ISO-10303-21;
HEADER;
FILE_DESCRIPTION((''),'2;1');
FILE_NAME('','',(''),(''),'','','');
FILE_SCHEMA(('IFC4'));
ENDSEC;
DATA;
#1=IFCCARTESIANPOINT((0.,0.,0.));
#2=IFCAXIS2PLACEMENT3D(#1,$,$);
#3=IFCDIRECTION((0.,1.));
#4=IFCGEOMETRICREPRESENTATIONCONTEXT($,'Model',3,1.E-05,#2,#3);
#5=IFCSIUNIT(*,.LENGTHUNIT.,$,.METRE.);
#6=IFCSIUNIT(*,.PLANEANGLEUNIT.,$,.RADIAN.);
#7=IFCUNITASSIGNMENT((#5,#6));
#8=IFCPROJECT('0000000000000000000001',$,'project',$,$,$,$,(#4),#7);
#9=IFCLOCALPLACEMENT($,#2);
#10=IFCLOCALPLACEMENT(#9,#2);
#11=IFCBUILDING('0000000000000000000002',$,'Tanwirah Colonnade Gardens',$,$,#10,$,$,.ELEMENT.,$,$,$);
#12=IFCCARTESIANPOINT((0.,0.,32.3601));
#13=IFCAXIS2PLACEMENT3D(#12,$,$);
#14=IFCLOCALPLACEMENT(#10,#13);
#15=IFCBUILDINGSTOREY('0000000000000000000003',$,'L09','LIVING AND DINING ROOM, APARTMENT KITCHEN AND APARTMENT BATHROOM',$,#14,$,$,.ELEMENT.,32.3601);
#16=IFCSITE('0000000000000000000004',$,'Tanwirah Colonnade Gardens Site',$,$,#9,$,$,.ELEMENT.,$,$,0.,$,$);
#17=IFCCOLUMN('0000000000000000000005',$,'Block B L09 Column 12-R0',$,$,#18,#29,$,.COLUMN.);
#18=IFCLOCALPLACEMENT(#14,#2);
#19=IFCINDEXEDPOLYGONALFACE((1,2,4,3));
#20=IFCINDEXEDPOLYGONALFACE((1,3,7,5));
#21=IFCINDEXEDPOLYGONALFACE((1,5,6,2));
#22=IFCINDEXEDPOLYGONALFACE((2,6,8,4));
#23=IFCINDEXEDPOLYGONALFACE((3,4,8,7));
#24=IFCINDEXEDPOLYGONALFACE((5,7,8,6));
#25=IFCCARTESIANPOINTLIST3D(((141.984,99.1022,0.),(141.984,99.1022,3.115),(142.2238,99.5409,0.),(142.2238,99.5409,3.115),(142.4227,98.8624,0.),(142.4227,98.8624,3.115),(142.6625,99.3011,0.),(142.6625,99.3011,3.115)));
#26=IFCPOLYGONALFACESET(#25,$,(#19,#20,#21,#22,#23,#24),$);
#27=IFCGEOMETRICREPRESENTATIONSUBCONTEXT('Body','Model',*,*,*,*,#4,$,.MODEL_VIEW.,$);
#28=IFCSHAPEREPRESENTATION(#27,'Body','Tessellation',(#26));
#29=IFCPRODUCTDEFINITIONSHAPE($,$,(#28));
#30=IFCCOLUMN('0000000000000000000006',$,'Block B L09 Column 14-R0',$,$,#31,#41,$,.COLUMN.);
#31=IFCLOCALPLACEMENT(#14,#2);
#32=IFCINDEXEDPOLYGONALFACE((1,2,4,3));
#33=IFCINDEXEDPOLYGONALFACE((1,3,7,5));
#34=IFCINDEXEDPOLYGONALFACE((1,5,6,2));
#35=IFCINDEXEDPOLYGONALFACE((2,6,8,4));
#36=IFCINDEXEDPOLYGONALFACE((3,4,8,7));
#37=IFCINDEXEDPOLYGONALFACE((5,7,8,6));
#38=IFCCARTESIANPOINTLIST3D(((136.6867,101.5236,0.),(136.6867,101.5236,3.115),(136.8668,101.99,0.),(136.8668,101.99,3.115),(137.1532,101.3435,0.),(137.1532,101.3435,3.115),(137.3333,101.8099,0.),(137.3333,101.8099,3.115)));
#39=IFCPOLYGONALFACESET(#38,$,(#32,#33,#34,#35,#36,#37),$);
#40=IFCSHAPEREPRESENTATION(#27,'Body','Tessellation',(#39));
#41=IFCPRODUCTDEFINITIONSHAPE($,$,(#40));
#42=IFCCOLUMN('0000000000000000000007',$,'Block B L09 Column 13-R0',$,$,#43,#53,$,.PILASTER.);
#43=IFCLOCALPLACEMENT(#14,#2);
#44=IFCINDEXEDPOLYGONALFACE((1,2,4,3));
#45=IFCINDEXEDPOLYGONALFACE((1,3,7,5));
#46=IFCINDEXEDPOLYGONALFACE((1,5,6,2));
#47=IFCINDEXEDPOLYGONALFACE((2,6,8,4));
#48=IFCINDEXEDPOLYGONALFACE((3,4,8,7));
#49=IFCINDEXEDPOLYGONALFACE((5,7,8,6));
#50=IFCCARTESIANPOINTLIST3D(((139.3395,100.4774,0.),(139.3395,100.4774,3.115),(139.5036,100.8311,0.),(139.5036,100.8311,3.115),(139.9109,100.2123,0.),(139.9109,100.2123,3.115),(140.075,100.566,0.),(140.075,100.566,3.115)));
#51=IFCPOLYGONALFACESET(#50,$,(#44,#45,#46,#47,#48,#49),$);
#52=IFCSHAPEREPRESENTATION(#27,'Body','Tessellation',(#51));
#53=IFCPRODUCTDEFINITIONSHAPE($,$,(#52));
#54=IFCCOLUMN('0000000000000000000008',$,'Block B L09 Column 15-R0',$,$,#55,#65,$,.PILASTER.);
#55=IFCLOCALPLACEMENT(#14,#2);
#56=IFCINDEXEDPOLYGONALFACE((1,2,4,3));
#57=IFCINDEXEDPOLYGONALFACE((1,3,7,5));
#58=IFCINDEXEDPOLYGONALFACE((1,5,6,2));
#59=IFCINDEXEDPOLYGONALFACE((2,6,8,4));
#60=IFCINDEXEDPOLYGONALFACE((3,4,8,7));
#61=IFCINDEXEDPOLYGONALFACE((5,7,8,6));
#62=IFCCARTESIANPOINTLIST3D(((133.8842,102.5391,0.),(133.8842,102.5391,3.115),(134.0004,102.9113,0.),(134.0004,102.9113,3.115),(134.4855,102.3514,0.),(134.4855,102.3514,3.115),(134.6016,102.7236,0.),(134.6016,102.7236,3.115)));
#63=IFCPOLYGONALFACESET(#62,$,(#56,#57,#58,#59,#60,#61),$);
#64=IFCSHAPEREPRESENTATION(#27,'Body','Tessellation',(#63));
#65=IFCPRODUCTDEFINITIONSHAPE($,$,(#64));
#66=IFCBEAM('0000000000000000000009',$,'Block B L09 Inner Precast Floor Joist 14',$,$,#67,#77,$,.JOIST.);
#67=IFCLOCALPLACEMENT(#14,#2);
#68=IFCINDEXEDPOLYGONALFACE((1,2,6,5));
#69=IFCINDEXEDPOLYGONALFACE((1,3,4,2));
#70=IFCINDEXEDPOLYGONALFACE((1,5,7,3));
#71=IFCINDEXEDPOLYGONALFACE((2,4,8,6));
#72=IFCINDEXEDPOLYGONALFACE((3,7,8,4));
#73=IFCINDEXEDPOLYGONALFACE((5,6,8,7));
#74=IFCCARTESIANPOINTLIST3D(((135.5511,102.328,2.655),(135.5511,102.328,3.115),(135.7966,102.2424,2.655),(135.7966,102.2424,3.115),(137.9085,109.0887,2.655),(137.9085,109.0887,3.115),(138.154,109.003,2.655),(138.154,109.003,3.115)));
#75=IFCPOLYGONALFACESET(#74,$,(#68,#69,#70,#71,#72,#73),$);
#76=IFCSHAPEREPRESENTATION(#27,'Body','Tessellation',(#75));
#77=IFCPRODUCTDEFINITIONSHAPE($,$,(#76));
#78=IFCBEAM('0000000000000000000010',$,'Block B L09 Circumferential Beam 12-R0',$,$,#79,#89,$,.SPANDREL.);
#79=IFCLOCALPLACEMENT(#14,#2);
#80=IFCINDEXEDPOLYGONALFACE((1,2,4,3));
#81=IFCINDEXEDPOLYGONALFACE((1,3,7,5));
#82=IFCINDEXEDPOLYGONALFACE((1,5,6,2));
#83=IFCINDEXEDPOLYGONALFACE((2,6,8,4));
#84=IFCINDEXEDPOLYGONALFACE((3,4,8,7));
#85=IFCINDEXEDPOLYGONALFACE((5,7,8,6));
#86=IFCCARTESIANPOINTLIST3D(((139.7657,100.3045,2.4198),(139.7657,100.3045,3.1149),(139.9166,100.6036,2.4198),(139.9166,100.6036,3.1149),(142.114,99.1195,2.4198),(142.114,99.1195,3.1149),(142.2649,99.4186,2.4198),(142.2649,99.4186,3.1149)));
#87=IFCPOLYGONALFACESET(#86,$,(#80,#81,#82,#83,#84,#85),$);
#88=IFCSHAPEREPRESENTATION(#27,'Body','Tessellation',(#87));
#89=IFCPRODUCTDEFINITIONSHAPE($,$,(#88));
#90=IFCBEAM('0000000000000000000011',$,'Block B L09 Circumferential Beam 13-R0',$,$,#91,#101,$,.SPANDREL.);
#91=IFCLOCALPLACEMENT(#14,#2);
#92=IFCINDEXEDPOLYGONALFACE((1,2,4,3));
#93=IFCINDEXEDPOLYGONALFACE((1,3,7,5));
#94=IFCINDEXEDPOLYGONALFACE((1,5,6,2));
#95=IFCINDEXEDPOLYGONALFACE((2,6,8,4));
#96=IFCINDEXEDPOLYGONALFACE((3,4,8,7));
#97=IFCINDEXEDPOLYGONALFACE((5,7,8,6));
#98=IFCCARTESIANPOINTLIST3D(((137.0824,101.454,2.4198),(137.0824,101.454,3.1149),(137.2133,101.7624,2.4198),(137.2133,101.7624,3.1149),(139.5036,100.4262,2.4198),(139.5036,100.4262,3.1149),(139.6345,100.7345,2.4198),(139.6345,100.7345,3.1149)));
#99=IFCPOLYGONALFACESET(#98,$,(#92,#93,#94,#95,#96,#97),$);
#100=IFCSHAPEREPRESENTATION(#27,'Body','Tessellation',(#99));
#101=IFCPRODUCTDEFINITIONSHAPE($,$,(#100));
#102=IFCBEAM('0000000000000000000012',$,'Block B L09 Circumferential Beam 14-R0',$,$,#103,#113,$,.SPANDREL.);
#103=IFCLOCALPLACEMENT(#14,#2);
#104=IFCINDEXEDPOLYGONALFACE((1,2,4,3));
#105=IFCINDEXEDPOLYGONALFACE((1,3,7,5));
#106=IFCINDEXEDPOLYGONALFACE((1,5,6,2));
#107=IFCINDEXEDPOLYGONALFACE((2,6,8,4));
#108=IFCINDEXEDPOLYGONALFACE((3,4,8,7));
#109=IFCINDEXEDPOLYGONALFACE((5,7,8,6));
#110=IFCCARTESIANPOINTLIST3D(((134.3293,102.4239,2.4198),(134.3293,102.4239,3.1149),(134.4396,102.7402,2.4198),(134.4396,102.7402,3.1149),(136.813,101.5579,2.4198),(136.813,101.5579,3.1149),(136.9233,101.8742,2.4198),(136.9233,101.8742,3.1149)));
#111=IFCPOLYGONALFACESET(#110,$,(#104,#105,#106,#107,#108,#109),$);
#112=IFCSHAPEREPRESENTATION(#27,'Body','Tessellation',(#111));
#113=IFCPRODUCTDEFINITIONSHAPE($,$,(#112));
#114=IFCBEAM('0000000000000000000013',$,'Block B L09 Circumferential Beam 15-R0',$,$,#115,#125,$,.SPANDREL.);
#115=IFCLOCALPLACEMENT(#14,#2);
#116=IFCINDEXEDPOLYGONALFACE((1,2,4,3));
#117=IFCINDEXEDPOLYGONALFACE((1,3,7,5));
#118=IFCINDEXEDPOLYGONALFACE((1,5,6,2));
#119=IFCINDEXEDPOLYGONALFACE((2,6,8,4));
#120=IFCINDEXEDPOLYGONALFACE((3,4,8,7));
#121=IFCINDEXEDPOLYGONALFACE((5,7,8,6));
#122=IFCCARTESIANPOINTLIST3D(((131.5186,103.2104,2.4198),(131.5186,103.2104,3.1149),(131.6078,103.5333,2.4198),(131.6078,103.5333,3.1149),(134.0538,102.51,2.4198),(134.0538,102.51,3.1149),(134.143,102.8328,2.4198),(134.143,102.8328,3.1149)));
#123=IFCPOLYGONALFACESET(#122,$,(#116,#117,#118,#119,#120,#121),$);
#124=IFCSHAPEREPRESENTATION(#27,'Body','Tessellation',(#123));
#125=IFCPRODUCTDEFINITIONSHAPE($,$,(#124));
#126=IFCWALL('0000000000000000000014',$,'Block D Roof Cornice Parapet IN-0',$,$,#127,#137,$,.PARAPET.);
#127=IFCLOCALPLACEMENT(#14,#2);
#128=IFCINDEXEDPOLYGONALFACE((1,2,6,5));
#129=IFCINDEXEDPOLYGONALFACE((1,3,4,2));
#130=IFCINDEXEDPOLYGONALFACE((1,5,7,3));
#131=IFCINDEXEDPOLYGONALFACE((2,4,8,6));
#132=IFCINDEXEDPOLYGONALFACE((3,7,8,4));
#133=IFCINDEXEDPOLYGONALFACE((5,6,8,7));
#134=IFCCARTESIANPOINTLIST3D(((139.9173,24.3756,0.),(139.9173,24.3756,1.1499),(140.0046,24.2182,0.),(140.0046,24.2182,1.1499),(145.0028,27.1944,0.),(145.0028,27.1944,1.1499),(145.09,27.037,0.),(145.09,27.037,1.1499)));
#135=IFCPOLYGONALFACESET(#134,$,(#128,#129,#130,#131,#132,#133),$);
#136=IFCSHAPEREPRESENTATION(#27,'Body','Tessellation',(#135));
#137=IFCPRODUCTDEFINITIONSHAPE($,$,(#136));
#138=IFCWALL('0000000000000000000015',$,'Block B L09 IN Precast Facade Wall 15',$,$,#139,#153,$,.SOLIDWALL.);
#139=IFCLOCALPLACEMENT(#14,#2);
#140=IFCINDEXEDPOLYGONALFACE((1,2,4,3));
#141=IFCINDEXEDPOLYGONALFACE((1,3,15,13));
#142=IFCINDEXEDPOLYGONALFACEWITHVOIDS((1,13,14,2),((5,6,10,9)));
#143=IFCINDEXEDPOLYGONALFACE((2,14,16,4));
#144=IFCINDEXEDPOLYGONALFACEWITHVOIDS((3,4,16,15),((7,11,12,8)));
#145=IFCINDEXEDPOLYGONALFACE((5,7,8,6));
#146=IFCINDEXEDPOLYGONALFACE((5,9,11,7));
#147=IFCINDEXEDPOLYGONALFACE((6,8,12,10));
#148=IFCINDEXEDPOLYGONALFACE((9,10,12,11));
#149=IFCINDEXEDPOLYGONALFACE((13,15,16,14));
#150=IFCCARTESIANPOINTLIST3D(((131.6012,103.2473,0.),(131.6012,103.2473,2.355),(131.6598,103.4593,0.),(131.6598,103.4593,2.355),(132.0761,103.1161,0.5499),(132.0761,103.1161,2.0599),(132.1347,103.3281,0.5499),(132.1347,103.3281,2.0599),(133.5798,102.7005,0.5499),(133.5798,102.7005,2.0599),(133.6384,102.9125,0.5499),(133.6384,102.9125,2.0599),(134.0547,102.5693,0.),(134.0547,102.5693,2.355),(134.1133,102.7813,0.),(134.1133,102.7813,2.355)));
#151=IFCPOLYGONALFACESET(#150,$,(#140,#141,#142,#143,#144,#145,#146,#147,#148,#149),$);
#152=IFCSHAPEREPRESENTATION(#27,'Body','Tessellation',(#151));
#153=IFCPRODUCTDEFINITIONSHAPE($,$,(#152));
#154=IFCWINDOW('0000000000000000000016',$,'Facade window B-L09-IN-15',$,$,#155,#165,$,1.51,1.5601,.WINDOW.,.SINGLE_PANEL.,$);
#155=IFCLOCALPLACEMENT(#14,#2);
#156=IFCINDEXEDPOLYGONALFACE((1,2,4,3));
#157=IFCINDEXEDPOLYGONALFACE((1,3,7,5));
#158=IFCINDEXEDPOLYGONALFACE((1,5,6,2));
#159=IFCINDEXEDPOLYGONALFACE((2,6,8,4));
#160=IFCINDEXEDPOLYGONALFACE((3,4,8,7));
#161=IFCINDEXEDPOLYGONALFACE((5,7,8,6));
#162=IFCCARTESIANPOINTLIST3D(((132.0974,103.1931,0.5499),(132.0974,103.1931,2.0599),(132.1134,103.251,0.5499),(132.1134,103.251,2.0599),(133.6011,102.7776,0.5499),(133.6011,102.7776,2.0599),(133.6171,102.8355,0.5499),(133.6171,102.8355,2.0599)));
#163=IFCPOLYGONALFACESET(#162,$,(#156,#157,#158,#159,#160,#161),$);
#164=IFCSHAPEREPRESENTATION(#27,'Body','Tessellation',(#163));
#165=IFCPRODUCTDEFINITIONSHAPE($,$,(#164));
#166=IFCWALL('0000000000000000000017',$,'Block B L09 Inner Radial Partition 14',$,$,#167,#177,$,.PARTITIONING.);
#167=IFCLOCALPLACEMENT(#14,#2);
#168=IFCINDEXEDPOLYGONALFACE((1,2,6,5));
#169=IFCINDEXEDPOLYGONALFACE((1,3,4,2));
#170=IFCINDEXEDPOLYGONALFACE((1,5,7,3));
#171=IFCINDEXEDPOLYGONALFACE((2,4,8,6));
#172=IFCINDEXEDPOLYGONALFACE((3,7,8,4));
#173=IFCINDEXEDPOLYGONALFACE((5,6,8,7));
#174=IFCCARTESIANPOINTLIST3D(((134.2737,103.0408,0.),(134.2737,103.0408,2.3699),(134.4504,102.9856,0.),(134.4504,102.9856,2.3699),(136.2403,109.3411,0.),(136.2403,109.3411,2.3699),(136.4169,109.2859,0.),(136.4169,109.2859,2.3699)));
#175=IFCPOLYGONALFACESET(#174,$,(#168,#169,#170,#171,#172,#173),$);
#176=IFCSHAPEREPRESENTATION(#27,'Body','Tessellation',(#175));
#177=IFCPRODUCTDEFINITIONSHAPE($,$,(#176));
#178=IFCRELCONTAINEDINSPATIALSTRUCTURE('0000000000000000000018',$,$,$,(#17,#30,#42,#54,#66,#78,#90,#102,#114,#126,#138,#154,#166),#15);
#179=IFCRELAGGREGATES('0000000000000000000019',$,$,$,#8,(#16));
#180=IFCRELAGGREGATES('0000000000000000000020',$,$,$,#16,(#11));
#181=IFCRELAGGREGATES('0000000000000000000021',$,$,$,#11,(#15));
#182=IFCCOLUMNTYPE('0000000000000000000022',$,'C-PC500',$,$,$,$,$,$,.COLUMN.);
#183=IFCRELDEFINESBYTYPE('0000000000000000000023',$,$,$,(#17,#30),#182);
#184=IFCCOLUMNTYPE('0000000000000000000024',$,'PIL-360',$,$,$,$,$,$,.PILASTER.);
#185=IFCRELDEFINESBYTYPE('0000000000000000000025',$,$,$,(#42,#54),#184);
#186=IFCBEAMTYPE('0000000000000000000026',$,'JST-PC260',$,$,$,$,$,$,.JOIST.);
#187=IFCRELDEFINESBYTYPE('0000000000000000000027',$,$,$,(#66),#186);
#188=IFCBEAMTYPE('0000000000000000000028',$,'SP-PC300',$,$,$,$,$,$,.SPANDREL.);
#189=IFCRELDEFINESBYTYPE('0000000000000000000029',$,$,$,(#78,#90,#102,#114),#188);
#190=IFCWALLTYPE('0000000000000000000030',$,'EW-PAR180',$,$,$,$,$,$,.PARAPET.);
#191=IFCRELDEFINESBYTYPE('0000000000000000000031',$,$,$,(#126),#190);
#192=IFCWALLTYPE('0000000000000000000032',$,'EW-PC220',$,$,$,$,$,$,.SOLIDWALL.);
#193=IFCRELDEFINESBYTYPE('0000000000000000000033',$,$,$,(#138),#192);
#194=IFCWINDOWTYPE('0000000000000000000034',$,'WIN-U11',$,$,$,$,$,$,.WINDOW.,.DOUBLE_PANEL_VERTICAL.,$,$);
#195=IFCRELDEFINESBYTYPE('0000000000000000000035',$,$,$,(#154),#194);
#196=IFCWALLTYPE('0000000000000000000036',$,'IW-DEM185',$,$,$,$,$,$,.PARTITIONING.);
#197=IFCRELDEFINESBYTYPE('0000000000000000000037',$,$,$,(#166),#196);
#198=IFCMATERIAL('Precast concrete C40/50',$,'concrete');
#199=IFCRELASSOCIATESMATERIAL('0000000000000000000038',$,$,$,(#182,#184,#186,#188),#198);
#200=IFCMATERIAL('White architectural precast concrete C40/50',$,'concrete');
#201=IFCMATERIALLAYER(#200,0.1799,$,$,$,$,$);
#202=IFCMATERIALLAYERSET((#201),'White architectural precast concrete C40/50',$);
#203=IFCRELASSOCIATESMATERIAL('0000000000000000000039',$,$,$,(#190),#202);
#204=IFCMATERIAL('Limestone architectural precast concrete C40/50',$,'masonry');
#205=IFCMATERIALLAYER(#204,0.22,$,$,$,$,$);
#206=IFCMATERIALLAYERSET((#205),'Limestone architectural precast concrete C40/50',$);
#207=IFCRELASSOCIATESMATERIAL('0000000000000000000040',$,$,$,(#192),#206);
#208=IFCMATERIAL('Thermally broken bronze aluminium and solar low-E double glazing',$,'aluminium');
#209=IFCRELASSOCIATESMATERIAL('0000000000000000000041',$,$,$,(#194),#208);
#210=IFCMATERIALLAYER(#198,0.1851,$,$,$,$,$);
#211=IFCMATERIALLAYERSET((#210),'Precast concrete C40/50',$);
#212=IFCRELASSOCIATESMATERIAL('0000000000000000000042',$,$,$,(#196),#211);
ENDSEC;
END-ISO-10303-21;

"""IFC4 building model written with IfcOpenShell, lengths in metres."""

from ifc_helpers import new_model, si_unit, direction, frame, frame_2d, origin, origin_2d, place, context, subcontext, project, spatial, rectangle, extrude, material, layer, layer_set, material_profile, profile_set, type_object, element, fill, save


model = new_model("IFC4")

# Units and contexts
model_context = context("Model", 3, precision=1e-05, world=origin(), true_north=direction((0.0, 1.0)))
body_context = subcontext(model_context, "Body", "Model", "MODEL_VIEW")
ifc_project = project(units=[si_unit("LENGTHUNIT", "METRE"), si_unit("PLANEANGLEUNIT", "RADIAN")], contexts=[model_context])

# Site, building, storey
site_placement = place(None, origin())
site = spatial("IfcSite", under=ifc_project, at=site_placement, Name="Tanwirah Colonnade Gardens Site", CompositionType="ELEMENT", RefElevation=0.0)
building_placement = place(site_placement, origin())
building = spatial("IfcBuilding", under=site, at=building_placement, Name="Tanwirah Colonnade Gardens", CompositionType="ELEMENT")
storey_placement = place(building_placement, frame((0.0, 0.0, 32.3601)))
storey = spatial("IfcBuildingStorey", under=building, at=storey_placement, Name="L09", Description="LIVING AND DINING ROOM, APARTMENT KITCHEN AND APARTMENT BATHROOM", CompositionType="ELEMENT", Elevation=32.3601)

# Columns
ifc_material_1 = material(Name="Precast concrete C40/50", Category="concrete")
ifc_material_profile_1 = material_profile(ifc_material_1, rectangle(XDim=0.5, YDim=0.5, at=origin_2d()), Name="PC-COL 500x500")
ifc_profile_set_1 = profile_set([ifc_material_profile_1], Name="Precast concrete C40/50")
column_type_1 = type_object("IfcColumnType", Name="C-PC500", PredefinedType="COLUMN", material=ifc_profile_set_1)
for number, where, z_axis, x_axis, name in (
    (1, (142.3232, 99.2017, 0.0), (0.0, 0.0, 1.0), (0.479713, 0.877425, 0.0), "Block B L09 Column 12-R0"),
    (2, (137.01, 101.6667, 0.0), (0.0, 0.0, 1.0), (0.360178, 0.932884, 0.0), "Block B L09 Column 14-R0"),
):
    element("IfcColumn", number, at=place(storey_placement, frame(where, z_axis=z_axis, x_axis=x_axis)), inside=storey, type_object=column_type_1, Name=name, PredefinedType="COLUMN", context=body_context, shape_type="SweptSolid", body=[
        extrude(rectangle(XDim=0.5, YDim=0.5, at=origin_2d()), origin(), (0.0, 0.0, 1.0), 3.115),
    ])
ifc_material_profile_2 = material_profile(ifc_material_1, rectangle(XDim=0.3899, YDim=0.6299, at=origin_2d()), Name="PC-PIL 390x630")
ifc_profile_set_2 = profile_set([ifc_material_profile_2], Name="Precast concrete C40/50")
column_type_2 = type_object("IfcColumnType", Name="PIL-360", PredefinedType="PILASTER", material=ifc_profile_set_2)
for number, where, z_axis, x_axis, name in (
    (3, (139.7073, 100.5217, 0.0), (0.0, 0.0, 1.0), (0.42086, 0.907126, 0.0), "Block B L09 Column 13-R0"),
    (4, (134.2429, 102.6313, 0.0), (0.0, 0.0, 1.0), (0.29793, 0.954588, 0.0), "Block B L09 Column 15-R0"),
):
    element("IfcColumn", number, at=place(storey_placement, frame(where, z_axis=z_axis, x_axis=x_axis)), inside=storey, type_object=column_type_2, Name=name, PredefinedType="PILASTER", context=body_context, shape_type="SweptSolid", body=[
        extrude(rectangle(XDim=0.3899, YDim=0.6299, at=origin_2d()), origin(), (0.0, 0.0, 1.0), 3.115),
    ])

# Beams
ifc_material_profile_3 = material_profile(ifc_material_1, rectangle(XDim=0.26, YDim=0.46, at=origin_2d()), Name="PC-JST 260x460")
ifc_profile_set_3 = profile_set([ifc_material_profile_3], Name="Precast concrete C40/50")
beam_type_1 = type_object("IfcBeamType", Name="JST-PC260", PredefinedType="JOIST", material=ifc_profile_set_3)
beam_1_placement = place(storey_placement, frame((135.6738, 102.2852, 2.885), z_axis=(0.329251, 0.944243, 0.0), x_axis=(-0.944243, 0.329251, 0.0)))
element("IfcBeam", 5, at=beam_1_placement, inside=storey, type_object=beam_type_1, Name="Block B L09 Inner Precast Floor Joist 14", PredefinedType="JOIST", context=body_context, shape_type="SweptSolid", body=[
    extrude(rectangle(XDim=0.26, YDim=0.46, at=origin_2d()), origin(), (0.0, 0.0, 1.0), 7.1599),
])
ifc_material_profile_4 = material_profile(ifc_material_1, rectangle(XDim=0.335, YDim=0.6951, at=origin_2d()), Name="PC-SP 335x695")
ifc_profile_set_4 = profile_set([ifc_material_profile_4], Name="Precast concrete C40/50")
beam_type_2 = type_object("IfcBeamType", Name="SP-PC300", PredefinedType="SPANDREL", material=ifc_profile_set_4)
for number, where, z_axis, x_axis, name in (
    (6, (142.1895, 99.269, 2.7673), (-0.892769, 0.450515, 0.0), (-0.450515, -0.892769, 0.0), "Block B L09 Circumferential Beam 12-R0"),
    (7, (139.5691, 100.5803, 2.7673), (-0.920489, 0.390769, 0.0), (-0.390769, -0.920489, 0.0), "Block B L09 Circumferential Beam 13-R0"),
    (8, (136.8682, 101.7161, 2.7673), (-0.94425, 0.32923, 0.0), (-0.32923, -0.94425, 0.0), "Block B L09 Circumferential Beam 14-R0"),
):
    element("IfcBeam", number, at=place(storey_placement, frame(where, z_axis=z_axis, x_axis=x_axis)), inside=storey, type_object=beam_type_2, Name=name, PredefinedType="SPANDREL", context=body_context, shape_type="SweptSolid", body=[
        extrude(rectangle(XDim=0.335, YDim=0.6951, at=origin_2d()), origin(), (0.0, 0.0, 1.0), 2.6304),
    ])
beam_2_placement = place(storey_placement, frame((134.0984, 102.6714, 2.7673), z_axis=(-0.963887, 0.266313, 0.0), x_axis=(-0.266313, -0.963887, 0.0)))
element("IfcBeam", 9, at=beam_2_placement, inside=storey, type_object=beam_type_2, Name="Block B L09 Circumferential Beam 15-R0", PredefinedType="SPANDREL", context=body_context, shape_type="SweptSolid", body=[
    extrude(rectangle(XDim=0.335, YDim=0.6951, at=origin_2d()), origin(), (0.0, 0.0, 1.0), 2.6301),
])

# Wall
ifc_material_2 = material(Name="White architectural precast concrete C40/50", Category="concrete")
ifc_layer_1 = layer(ifc_material_2, 0.1799)
ifc_layer_set_1 = layer_set([ifc_layer_1], Name="White architectural precast concrete C40/50")
wall_type_1 = type_object("IfcWallType", Name="EW-PAR180", PredefinedType="PARAPET", material=ifc_layer_set_1)
wall_1_placement = place(storey_placement, frame((139.9609, 24.2969, 0.0), z_axis=(0.0, 0.0, 1.0), x_axis=(0.874624, 0.484801, 0.0)))
element("IfcWall", 10, at=wall_1_placement, inside=storey, type_object=wall_type_1, Name="Block D Roof Cornice Parapet IN-0", PredefinedType="PARAPET", context=body_context, shape_type="SweptSolid", body=[
    extrude(rectangle(XDim=5.8145, YDim=0.1799, at=frame_2d((2.9072, 0.0))), origin(), (0.0, 0.0, 1.0), 1.1499),
])

# Wall, opening, window
ifc_material_3 = material(Name="Limestone architectural precast concrete C40/50", Category="masonry")
ifc_layer_2 = layer(ifc_material_3, 0.22)
ifc_layer_set_2 = layer_set([ifc_layer_2], Name="Limestone architectural precast concrete C40/50")
wall_type_2 = type_object("IfcWallType", Name="EW-PC220", PredefinedType="SOLIDWALL", material=ifc_layer_set_2)
wall_2_placement = place(storey_placement, frame((134.084, 102.6753, 0.0), z_axis=(0.0, 0.0, 1.0), x_axis=(-0.963873, 0.266362, 0.0)))
wall_2 = element("IfcWall", 11, at=wall_2_placement, inside=storey, type_object=wall_type_2, Name="Block B L09 IN Precast Facade Wall 15", PredefinedType="SOLIDWALL", context=body_context, shape_type="SweptSolid", body=[
    extrude(rectangle(XDim=2.5454, YDim=0.22, at=frame_2d((1.2727, 0.0))), origin(), (0.0, 0.0, 1.0), 2.355),
])
opening_1_placement = place(wall_2_placement, frame((0.4927, 0.0, 0.55)))
opening_1 = element("IfcOpeningElement", 12, at=opening_1_placement, cuts=wall_2, PredefinedType="OPENING", context=body_context, shape_type="SweptSolid", body=[
    extrude(rectangle(XDim=1.5601, YDim=1.51, at=frame_2d((0.78, 0.7549))), frame((0.0, 0.1199, 0.0), z_axis=(0.0, -1.0, 0.0), x_axis=(1.0, 0.0, 0.0)), (0.0, 0.0, 1.0), 0.24),
])
ifc_material_4 = material(Name="Thermally broken bronze aluminium and solar low-E double glazing", Category="aluminium")
window_type = type_object("IfcWindowType", Name="WIN-U11", PartitioningType="DOUBLE_PANEL_VERTICAL", PredefinedType="WINDOW", material=ifc_material_4)
window_placement = place(opening_1_placement, origin())
window = element("IfcWindow", 13, at=window_placement, inside=storey, type_object=window_type, Name="Facade window B-L09-IN-15", OverallHeight=1.51, OverallWidth=1.5601, PartitioningType="SINGLE_PANEL", PredefinedType="WINDOW", context=body_context, shape_type="SweptSolid", body=[
    extrude(rectangle(XDim=1.5601, YDim=1.51, at=frame_2d((0.78, 0.7549))), frame((0.0, 0.03, 0.0), z_axis=(0.0, -1.0, 0.0), x_axis=(1.0, 0.0, 0.0)), (0.0, 0.0, 1.0), 0.0601),
])
fill(opening_1, window)

# Wall
ifc_layer_3 = layer(ifc_material_1, 0.1851)
ifc_layer_set_3 = layer_set([ifc_layer_3], Name="Precast concrete C40/50")
wall_type_3 = type_object("IfcWallType", Name="IW-DEM185", PredefinedType="PARTITIONING", material=ifc_layer_set_3)
wall_3_placement = place(storey_placement, frame((134.3621, 103.0132, 0.0), z_axis=(0.0, 0.0, 1.0), x_axis=(0.297959, 0.954579, 0.0)))
element("IfcWall", 14, at=wall_3_placement, inside=storey, type_object=wall_type_3, Name="Block B L09 Inner Radial Partition 14", PredefinedType="PARTITIONING", context=body_context, shape_type="SweptSolid", body=[
    extrude(rectangle(XDim=6.6001, YDim=0.1851, at=frame_2d((3.3, 0.0))), origin(), (0.0, 0.0, 1.0), 2.3699),
])

save(model, "model.ifc")
